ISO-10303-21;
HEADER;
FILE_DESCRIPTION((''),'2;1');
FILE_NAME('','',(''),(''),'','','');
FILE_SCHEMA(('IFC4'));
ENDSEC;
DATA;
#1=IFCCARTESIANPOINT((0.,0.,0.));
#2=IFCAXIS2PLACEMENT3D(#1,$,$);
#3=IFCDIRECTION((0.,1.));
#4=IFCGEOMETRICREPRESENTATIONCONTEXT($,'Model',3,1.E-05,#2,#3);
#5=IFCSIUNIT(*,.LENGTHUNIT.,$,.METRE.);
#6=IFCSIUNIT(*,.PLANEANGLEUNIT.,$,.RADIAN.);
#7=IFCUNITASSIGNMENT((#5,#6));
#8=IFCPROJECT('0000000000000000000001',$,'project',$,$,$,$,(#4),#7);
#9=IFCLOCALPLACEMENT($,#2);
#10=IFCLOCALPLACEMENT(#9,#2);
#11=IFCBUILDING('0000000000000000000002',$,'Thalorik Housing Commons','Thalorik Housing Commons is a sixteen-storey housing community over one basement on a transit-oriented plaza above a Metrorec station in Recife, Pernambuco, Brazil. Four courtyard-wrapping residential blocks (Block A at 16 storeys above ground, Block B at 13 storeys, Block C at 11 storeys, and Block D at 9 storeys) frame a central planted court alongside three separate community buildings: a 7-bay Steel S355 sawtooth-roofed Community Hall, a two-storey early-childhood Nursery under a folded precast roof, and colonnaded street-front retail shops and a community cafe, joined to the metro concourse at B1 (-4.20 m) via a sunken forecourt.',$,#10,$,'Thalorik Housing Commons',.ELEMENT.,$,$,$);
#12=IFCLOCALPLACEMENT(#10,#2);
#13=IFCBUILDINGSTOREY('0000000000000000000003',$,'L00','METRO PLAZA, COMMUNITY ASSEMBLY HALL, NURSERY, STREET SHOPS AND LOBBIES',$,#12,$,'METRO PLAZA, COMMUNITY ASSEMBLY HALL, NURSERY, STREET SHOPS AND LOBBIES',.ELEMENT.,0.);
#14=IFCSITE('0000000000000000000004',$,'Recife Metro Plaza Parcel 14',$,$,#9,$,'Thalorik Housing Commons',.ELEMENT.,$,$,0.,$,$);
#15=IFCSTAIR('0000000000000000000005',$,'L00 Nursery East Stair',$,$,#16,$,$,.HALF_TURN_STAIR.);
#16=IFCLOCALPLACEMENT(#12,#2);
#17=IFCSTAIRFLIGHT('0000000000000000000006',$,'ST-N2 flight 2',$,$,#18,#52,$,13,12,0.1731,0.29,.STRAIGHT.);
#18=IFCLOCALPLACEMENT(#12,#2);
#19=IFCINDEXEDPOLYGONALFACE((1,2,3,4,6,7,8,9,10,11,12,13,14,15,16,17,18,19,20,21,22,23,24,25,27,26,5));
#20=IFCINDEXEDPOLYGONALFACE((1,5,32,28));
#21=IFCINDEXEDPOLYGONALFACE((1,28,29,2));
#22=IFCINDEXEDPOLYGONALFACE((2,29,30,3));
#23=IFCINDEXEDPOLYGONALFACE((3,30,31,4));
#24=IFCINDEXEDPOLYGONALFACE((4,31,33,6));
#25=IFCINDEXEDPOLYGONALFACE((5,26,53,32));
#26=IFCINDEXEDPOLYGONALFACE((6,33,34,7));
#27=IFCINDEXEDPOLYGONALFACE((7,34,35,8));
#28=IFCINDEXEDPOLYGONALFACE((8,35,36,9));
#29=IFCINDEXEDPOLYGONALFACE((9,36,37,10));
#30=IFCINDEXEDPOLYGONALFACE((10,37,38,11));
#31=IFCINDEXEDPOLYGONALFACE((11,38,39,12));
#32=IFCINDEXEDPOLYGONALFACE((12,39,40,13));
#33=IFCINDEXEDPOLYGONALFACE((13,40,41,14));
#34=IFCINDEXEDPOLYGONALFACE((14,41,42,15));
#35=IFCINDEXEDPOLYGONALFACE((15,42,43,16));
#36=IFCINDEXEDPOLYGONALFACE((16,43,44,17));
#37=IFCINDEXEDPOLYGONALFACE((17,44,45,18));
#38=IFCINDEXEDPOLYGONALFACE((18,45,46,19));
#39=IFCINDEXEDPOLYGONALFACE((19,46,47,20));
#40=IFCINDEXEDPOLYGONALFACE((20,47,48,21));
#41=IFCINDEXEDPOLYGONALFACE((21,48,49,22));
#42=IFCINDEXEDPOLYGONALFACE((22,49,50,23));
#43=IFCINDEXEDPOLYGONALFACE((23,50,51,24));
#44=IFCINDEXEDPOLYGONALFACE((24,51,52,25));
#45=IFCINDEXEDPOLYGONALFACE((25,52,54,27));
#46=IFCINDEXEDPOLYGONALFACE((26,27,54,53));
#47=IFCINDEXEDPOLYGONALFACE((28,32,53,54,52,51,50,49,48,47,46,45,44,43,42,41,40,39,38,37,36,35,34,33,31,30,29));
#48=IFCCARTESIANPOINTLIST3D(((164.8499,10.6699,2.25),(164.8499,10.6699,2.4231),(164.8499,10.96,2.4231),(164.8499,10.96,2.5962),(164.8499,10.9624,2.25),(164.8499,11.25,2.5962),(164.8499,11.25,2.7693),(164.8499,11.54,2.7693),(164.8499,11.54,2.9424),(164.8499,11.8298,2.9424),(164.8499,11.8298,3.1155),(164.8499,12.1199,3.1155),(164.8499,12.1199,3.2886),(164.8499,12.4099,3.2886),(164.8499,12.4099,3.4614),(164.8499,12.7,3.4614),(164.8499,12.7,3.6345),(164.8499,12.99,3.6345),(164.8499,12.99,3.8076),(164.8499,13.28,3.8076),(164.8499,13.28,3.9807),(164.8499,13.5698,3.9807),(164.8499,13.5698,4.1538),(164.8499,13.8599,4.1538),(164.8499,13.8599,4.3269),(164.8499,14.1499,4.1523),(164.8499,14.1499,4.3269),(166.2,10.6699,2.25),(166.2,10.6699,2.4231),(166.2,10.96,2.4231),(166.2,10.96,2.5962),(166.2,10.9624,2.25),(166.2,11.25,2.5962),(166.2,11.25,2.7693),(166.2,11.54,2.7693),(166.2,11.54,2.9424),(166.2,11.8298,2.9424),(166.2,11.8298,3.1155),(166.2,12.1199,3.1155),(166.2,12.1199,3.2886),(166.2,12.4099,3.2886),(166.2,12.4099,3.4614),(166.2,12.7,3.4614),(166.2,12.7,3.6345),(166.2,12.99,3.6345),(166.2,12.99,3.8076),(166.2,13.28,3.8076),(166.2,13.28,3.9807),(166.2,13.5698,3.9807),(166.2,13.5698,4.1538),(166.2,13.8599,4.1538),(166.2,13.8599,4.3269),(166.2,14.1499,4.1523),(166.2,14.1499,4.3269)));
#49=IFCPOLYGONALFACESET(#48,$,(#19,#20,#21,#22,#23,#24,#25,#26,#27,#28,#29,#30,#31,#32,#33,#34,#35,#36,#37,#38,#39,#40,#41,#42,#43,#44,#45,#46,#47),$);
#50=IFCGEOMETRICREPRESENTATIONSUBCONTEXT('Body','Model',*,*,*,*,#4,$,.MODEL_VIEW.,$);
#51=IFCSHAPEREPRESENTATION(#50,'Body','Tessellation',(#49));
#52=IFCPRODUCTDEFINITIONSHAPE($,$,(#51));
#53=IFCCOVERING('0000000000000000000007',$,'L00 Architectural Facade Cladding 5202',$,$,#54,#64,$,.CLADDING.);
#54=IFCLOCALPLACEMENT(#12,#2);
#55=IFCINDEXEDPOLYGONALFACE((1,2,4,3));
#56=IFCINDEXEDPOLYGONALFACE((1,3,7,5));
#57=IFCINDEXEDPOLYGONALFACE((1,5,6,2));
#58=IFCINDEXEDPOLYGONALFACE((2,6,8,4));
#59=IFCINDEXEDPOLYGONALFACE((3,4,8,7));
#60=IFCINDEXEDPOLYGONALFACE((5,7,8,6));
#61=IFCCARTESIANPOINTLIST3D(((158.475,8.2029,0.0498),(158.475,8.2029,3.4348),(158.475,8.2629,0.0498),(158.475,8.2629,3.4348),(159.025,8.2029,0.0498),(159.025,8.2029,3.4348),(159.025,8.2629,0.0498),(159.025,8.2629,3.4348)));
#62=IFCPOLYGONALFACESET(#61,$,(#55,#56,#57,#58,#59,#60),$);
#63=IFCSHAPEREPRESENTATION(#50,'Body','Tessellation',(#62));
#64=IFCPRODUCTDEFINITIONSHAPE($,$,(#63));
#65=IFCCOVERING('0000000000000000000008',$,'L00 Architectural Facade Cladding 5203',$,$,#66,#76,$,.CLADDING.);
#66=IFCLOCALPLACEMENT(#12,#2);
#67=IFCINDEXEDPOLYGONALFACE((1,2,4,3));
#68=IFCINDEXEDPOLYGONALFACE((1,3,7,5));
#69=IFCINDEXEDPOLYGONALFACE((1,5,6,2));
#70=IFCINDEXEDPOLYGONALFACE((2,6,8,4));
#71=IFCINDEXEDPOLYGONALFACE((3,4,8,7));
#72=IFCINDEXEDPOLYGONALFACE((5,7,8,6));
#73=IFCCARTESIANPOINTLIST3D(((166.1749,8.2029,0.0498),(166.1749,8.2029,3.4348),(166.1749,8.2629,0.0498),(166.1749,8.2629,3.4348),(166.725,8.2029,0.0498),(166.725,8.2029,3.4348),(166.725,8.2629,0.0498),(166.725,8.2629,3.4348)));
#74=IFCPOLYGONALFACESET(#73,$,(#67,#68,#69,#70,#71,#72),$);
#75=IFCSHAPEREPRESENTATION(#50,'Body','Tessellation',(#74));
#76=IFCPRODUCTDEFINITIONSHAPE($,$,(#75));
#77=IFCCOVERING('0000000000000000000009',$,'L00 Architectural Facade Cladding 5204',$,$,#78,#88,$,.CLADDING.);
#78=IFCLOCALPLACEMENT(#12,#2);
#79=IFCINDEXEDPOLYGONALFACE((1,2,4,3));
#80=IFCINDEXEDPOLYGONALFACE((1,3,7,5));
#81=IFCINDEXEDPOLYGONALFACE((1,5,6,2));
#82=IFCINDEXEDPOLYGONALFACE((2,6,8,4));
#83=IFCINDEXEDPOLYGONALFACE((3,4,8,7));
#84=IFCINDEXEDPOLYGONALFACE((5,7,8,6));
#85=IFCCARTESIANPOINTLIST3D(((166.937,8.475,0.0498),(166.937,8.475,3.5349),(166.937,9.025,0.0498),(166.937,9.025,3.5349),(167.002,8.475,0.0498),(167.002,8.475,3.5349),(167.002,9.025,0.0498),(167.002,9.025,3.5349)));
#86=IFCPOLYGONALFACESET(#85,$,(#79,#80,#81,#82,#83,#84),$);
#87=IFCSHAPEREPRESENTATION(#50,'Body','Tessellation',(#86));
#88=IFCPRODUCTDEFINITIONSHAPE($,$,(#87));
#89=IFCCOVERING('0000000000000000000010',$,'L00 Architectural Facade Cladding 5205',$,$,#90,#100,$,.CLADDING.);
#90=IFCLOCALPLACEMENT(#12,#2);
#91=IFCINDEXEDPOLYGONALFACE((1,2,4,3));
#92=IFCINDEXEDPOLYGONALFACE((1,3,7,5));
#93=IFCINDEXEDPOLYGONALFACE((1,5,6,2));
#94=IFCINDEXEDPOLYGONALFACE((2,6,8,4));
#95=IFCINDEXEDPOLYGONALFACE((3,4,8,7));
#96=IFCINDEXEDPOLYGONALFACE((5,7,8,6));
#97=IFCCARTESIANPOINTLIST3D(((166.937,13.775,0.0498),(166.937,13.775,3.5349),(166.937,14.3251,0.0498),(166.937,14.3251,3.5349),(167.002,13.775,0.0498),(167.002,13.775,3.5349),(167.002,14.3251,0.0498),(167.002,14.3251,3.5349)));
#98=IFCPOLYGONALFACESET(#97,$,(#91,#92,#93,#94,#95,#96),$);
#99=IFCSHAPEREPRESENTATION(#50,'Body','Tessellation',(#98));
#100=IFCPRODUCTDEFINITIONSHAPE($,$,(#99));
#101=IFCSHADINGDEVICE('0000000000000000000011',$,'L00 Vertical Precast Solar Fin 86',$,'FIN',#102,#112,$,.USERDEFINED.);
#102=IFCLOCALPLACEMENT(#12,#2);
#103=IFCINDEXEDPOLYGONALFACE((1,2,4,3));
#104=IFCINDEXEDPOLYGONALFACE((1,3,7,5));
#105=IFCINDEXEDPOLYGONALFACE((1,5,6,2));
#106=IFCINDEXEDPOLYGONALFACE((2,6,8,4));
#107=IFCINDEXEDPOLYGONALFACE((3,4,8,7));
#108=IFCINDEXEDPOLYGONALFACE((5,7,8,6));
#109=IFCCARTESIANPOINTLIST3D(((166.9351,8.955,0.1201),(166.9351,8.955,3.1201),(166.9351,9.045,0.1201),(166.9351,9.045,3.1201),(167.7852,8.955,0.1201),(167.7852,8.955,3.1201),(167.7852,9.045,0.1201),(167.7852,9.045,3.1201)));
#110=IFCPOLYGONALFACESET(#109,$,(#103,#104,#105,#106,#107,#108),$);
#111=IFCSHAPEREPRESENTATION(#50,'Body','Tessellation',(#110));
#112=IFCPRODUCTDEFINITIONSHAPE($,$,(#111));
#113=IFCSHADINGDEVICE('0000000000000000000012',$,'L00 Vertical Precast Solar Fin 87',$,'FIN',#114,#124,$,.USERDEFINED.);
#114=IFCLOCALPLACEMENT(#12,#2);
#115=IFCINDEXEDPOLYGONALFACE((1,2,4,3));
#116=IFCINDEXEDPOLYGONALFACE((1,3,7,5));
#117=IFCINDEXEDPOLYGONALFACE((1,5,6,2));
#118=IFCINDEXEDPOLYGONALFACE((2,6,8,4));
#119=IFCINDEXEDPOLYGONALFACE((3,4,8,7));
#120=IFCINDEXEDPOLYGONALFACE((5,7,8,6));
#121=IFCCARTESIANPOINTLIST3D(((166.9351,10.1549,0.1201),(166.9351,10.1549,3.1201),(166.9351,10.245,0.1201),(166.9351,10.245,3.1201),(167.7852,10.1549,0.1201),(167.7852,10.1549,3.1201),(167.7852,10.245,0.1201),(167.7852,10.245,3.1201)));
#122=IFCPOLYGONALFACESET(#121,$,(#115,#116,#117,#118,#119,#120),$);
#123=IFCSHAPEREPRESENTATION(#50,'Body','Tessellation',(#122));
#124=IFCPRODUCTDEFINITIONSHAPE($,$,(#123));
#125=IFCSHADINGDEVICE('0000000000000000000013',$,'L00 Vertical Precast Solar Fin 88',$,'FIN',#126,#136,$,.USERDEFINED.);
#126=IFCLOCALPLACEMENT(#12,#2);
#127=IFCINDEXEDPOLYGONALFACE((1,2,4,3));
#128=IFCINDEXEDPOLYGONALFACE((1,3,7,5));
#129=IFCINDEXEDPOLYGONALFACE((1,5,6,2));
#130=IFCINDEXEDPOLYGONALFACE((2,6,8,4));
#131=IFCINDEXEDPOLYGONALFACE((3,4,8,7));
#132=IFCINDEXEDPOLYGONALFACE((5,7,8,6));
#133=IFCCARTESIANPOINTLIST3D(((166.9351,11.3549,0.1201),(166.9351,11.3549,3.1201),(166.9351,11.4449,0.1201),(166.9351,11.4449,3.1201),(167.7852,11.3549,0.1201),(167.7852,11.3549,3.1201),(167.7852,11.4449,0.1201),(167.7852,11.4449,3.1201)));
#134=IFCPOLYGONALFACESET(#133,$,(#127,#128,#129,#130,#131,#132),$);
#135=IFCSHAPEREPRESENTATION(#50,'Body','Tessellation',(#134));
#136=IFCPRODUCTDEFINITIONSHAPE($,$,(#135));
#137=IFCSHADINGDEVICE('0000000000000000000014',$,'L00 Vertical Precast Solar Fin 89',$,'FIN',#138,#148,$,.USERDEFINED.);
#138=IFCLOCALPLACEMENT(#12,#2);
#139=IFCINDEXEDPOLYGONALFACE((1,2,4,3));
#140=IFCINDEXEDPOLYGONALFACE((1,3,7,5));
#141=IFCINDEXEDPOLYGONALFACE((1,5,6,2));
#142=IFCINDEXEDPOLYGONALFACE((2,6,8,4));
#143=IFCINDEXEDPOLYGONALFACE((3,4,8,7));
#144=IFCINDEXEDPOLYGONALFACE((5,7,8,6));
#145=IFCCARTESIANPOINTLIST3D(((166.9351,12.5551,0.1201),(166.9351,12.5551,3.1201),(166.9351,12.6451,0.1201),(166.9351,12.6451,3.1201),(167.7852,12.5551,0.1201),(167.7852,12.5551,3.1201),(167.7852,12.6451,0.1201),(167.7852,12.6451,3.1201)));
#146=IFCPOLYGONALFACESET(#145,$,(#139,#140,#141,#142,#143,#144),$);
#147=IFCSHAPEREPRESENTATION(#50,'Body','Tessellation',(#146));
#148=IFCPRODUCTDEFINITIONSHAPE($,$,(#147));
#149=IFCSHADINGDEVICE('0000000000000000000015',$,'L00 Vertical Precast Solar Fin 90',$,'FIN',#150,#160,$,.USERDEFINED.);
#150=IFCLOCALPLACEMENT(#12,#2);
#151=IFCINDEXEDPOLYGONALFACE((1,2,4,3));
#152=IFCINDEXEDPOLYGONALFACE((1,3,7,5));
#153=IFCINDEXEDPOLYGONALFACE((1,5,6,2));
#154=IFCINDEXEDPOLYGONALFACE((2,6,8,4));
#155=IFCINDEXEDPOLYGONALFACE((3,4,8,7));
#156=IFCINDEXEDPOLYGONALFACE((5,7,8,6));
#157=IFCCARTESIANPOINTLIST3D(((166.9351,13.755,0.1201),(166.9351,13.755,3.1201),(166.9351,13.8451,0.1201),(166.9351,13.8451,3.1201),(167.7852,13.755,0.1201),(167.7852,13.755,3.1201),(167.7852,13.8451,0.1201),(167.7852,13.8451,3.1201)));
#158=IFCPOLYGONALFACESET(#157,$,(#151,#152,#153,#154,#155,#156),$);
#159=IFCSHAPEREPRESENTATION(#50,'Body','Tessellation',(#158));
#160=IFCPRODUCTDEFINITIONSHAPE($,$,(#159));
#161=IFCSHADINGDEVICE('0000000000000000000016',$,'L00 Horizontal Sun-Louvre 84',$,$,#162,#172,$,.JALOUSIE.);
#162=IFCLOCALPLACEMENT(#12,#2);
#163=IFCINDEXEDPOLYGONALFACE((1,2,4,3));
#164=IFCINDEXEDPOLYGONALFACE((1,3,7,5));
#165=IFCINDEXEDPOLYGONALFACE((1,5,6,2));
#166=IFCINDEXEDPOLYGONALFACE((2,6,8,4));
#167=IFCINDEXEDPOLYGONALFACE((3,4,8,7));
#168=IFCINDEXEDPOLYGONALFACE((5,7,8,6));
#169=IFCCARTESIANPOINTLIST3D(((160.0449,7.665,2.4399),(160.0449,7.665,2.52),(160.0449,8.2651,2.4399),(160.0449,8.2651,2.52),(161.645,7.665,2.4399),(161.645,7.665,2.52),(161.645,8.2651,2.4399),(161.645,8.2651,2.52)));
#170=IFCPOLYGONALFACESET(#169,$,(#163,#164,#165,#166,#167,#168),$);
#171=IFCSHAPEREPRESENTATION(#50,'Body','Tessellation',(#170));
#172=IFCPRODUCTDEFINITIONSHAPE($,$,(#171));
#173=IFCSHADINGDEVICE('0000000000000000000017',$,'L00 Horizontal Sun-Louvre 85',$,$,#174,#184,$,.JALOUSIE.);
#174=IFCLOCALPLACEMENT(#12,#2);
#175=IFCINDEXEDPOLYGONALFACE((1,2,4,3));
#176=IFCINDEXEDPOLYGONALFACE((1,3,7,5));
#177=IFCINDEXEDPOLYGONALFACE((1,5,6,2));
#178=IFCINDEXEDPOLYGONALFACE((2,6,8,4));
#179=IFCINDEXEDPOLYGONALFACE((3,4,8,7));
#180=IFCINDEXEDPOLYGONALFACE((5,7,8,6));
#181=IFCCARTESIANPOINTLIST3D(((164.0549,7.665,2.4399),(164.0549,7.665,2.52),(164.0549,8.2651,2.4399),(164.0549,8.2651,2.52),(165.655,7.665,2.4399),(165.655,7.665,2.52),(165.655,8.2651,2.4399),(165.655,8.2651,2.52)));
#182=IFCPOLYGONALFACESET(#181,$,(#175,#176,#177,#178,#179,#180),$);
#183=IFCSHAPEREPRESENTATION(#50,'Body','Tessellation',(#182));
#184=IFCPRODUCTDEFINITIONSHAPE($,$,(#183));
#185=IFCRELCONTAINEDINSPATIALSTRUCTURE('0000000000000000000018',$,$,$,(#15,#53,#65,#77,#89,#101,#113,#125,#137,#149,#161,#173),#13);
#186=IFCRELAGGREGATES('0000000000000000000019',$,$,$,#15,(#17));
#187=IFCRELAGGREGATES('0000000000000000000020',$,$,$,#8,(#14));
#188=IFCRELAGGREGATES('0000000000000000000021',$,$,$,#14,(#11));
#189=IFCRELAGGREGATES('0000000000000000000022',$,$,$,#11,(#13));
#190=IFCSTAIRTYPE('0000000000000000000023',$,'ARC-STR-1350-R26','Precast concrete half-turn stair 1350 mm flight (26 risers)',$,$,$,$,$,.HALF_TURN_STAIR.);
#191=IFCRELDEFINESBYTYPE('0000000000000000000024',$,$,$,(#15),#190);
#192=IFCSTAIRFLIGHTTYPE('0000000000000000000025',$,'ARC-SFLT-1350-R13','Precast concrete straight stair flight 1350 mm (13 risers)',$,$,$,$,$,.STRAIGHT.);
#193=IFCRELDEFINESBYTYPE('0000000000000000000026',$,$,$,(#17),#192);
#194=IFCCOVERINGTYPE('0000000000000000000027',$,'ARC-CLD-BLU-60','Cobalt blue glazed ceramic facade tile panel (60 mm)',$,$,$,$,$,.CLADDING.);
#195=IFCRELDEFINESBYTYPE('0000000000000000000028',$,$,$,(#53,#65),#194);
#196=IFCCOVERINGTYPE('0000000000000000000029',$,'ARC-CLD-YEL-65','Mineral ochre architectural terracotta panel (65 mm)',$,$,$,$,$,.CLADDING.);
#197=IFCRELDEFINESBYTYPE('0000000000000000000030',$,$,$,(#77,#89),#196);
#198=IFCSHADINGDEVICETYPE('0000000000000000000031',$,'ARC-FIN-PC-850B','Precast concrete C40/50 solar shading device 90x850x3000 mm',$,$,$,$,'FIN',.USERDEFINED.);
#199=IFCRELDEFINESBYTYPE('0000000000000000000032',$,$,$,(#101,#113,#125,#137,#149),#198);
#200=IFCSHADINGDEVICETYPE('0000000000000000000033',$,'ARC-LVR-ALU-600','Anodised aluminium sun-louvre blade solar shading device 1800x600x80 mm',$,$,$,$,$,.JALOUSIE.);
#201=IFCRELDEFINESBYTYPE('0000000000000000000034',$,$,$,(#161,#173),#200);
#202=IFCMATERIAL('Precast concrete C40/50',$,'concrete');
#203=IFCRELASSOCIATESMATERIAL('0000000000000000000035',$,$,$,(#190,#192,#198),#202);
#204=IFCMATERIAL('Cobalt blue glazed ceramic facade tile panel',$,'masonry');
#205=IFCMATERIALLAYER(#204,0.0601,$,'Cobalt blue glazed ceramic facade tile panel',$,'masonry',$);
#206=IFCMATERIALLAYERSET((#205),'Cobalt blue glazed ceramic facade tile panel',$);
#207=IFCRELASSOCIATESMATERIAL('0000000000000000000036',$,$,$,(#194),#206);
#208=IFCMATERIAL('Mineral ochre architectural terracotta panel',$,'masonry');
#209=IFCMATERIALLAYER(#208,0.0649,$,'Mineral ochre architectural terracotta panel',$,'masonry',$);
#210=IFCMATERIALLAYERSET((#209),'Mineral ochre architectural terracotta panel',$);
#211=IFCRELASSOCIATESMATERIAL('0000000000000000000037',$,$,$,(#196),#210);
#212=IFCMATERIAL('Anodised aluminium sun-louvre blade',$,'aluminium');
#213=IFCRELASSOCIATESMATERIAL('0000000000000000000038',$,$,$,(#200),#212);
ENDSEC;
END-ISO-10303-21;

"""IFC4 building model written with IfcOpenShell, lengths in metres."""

from ifc_helpers import new_model, si_unit, direction, frame, origin, origin_2d, place, context, subcontext, project, spatial, polyline, rectangle, outline, extrude, material, layer, layer_set, type_object, element, aggregate, save


model = new_model("IFC4")

# Units and contexts
model_context = context("Model", 3, precision=1e-05, world=origin(), true_north=direction((0.0, 1.0)))
body_context = subcontext(model_context, "Body", "Model", "MODEL_VIEW")
ifc_project = project(units=[si_unit("LENGTHUNIT", "METRE"), si_unit("PLANEANGLEUNIT", "RADIAN")], contexts=[model_context])

# Site, building, storey
site_placement = place(None, origin())
site = spatial("IfcSite", under=ifc_project, at=site_placement, Name="Recife Metro Plaza Parcel 14", LongName="Thalorik Housing Commons", CompositionType="ELEMENT", RefElevation=0.0)
building_placement = place(site_placement, origin())
building = spatial("IfcBuilding", under=site, at=building_placement, Name="Thalorik Housing Commons", Description="Thalorik Housing Commons is a sixteen-storey housing community over one basement on a transit-oriented plaza above a Metrorec station in Recife, Pernambuco, Brazil. Four courtyard-wrapping residential blocks (Block A at 16 storeys above ground, Block B at 13 storeys, Block C at 11 storeys, and Block D at 9 storeys) frame a central planted court alongside three separate community buildings: a 7-bay Steel S355 sawtooth-roofed Community Hall, a two-storey early-childhood Nursery under a folded precast roof, and colonnaded street-front retail shops and a community cafe, joined to the metro concourse at B1 (-4.20 m) via a sunken forecourt.", LongName="Thalorik Housing Commons", CompositionType="ELEMENT")
storey_placement = place(building_placement, origin())
storey = spatial("IfcBuildingStorey", under=building, at=storey_placement, Name="L00", Description="METRO PLAZA, COMMUNITY ASSEMBLY HALL, NURSERY, STREET SHOPS AND LOBBIES", LongName="METRO PLAZA, COMMUNITY ASSEMBLY HALL, NURSERY, STREET SHOPS AND LOBBIES", CompositionType="ELEMENT", Elevation=0.0)

# Shared definitions
ifc_material_1 = material(Name="Precast concrete C40/50", Category="concrete")

# Stair, stair flight
stair_type = type_object("IfcStairType", Name="ARC-STR-1350-R26", Description="Precast concrete half-turn stair 1350 mm flight (26 risers)", PredefinedType="HALF_TURN_STAIR", material=ifc_material_1)
stair_placement = place(storey_placement, origin())
stair = element("IfcStair", 1, at=stair_placement, inside=storey, type_object=stair_type, Name="L00 Nursery East Stair", PredefinedType="HALF_TURN_STAIR")
stair_flight_type = type_object("IfcStairFlightType", Name="ARC-SFLT-1350-R13", Description="Precast concrete straight stair flight 1350 mm (13 risers)", PredefinedType="STRAIGHT", material=ifc_material_1)
stair_flight_1_placement = place(storey_placement, frame((165.5249, 10.6699, 2.25), z_axis=(0.0, 0.0, 1.0), x_axis=(0.0, 1.0, 0.0)))
stair_flight_1 = element("IfcStairFlight", 2, at=stair_flight_1_placement, type_object=stair_flight_type, Name="ST-N2 flight 2", NumberOfRisers=13, NumberOfTreads=12, PredefinedType="STRAIGHT", RiserHeight=0.1731, TreadLength=0.29, context=body_context, shape_type="SweptSolid", body=[
    extrude(outline(polyline([(0.0, 0.0), (0.0, 0.1731), (0.29, 0.1731), (0.29, 0.3462), (0.5801, 0.3462), (0.5801, 0.5193), (0.8701, 0.5193), (0.8701, 0.6924), (1.1599, 0.6924), (1.1599, 0.8655), (1.45, 0.8655), (1.45, 1.0386), (1.74, 1.0386), (1.74, 1.2114), (2.03, 1.2114), (2.03, 1.3845), (2.3201, 1.3845), (2.3201, 1.5576), (2.6101, 1.5576), (2.6101, 1.7307), (2.8999, 1.7307), (2.8999, 1.9038), (3.1899, 1.9038), (3.1899, 2.0769), (3.48, 2.0769), (3.48, 2.25), (3.48, 1.9023), (0.2925, 0.0), (0.0, 0.0)])), frame((0.0, 0.675, 0.0), z_axis=(0.0, -1.0, 0.0), x_axis=(1.0, 0.0, 0.0)), (0.0, 0.0, 1.0), 1.3501),
])
aggregate(stair, [stair_flight_1])

# Coverings
ifc_material_2 = material(Name="Cobalt blue glazed ceramic facade tile panel", Category="masonry")
ifc_layer_1 = layer(ifc_material_2, 0.0601, Name="Cobalt blue glazed ceramic facade tile panel", Category="masonry")
ifc_layer_set_1 = layer_set([ifc_layer_1], Name="Cobalt blue glazed ceramic facade tile panel")
covering_type_1 = type_object("IfcCoveringType", Name="ARC-CLD-BLU-60", Description="Cobalt blue glazed ceramic facade tile panel (60 mm)", PredefinedType="CLADDING", material=ifc_layer_set_1)
for number, where, z_axis, x_axis, name in (
    (3, (158.75, 8.2329, 0.0498), (0.0, 0.0, 1.0), (1.0, 0.0, 0.0), "L00 Architectural Facade Cladding 5202"),
    (4, (166.45, 8.2329, 0.0498), (0.0, 0.0, 1.0), (1.0, 0.0, 0.0), "L00 Architectural Facade Cladding 5203"),
):
    element("IfcCovering", number, at=place(storey_placement, frame(where, z_axis=z_axis, x_axis=x_axis)), inside=storey, type_object=covering_type_1, Name=name, PredefinedType="CLADDING", context=body_context, shape_type="SweptSolid", body=[
        extrude(rectangle(XDim=0.55, YDim=0.0601, at=origin_2d()), origin(), (0.0, 0.0, 1.0), 3.385),
    ])
ifc_material_3 = material(Name="Mineral ochre architectural terracotta panel", Category="masonry")
ifc_layer_2 = layer(ifc_material_3, 0.0649, Name="Mineral ochre architectural terracotta panel", Category="masonry")
ifc_layer_set_2 = layer_set([ifc_layer_2], Name="Mineral ochre architectural terracotta panel")
covering_type_2 = type_object("IfcCoveringType", Name="ARC-CLD-YEL-65", Description="Mineral ochre architectural terracotta panel (65 mm)", PredefinedType="CLADDING", material=ifc_layer_set_2)
for number, where, z_axis, x_axis, name in (
    (5, (166.9695, 8.75, 0.0498), (0.0, 0.0, 1.0), (0.0, 1.0, 0.0), "L00 Architectural Facade Cladding 5204"),
    (6, (166.9695, 14.05, 0.0498), (0.0, 0.0, 1.0), (0.0, 1.0, 0.0), "L00 Architectural Facade Cladding 5205"),
):
    element("IfcCovering", number, at=place(storey_placement, frame(where, z_axis=z_axis, x_axis=x_axis)), inside=storey, type_object=covering_type_2, Name=name, PredefinedType="CLADDING", context=body_context, shape_type="SweptSolid", body=[
        extrude(rectangle(XDim=0.55, YDim=0.0649, at=origin_2d()), origin(), (0.0, 0.0, 1.0), 3.4851),
    ])

# Shading devices
shading_device_type_1 = type_object("IfcShadingDeviceType", Name="ARC-FIN-PC-850B", Description="Precast concrete C40/50 solar shading device 90x850x3000 mm", ElementType="FIN", PredefinedType="USERDEFINED", material=ifc_material_1)
for number, where, z_axis, x_axis, name in (
    (7, (167.3601, 9.0, 0.1201), (0.0, 0.0, 1.0), (0.0, 1.0, 0.0), "L00 Vertical Precast Solar Fin 86"),
    (8, (167.3601, 10.2, 0.1201), (0.0, 0.0, 1.0), (0.0, 1.0, 0.0), "L00 Vertical Precast Solar Fin 87"),
    (9, (167.3601, 11.3999, 0.1201), (0.0, 0.0, 1.0), (0.0, 1.0, 0.0), "L00 Vertical Precast Solar Fin 88"),
    (10, (167.3601, 12.6001, 0.1201), (0.0, 0.0, 1.0), (0.0, 1.0, 0.0), "L00 Vertical Precast Solar Fin 89"),
    (11, (167.3601, 13.8, 0.1201), (0.0, 0.0, 1.0), (0.0, 1.0, 0.0), "L00 Vertical Precast Solar Fin 90"),
):
    element("IfcShadingDevice", number, at=place(storey_placement, frame(where, z_axis=z_axis, x_axis=x_axis)), inside=storey, type_object=shading_device_type_1, Name=name, ObjectType="FIN", PredefinedType="USERDEFINED", context=body_context, shape_type="SweptSolid", body=[
        extrude(rectangle(XDim=0.0901, YDim=0.8501, at=origin_2d()), origin(), (0.0, 0.0, 1.0), 3.0),
    ])
ifc_material_4 = material(Name="Anodised aluminium sun-louvre blade", Category="aluminium")
shading_device_type_2 = type_object("IfcShadingDeviceType", Name="ARC-LVR-ALU-600", Description="Anodised aluminium sun-louvre blade solar shading device 1800x600x80 mm", PredefinedType="JALOUSIE", material=ifc_material_4)
for number, where, z_axis, x_axis, name in (
    (12, (160.845, 7.9651, 2.4399), (0.0, 0.0, 1.0), (1.0, 0.0, 0.0), "L00 Horizontal Sun-Louvre 84"),
    (13, (164.855, 7.9651, 2.4399), (0.0, 0.0, 1.0), (1.0, 0.0, 0.0), "L00 Horizontal Sun-Louvre 85"),
):
    element("IfcShadingDevice", number, at=place(storey_placement, frame(where, z_axis=z_axis, x_axis=x_axis)), inside=storey, type_object=shading_device_type_2, Name=name, PredefinedType="JALOUSIE", context=body_context, shape_type="SweptSolid", body=[
        extrude(rectangle(XDim=1.6001, YDim=0.6001, at=origin_2d()), origin(), (0.0, 0.0, 1.0), 0.0801),
    ])

save(model, "model.ifc")
